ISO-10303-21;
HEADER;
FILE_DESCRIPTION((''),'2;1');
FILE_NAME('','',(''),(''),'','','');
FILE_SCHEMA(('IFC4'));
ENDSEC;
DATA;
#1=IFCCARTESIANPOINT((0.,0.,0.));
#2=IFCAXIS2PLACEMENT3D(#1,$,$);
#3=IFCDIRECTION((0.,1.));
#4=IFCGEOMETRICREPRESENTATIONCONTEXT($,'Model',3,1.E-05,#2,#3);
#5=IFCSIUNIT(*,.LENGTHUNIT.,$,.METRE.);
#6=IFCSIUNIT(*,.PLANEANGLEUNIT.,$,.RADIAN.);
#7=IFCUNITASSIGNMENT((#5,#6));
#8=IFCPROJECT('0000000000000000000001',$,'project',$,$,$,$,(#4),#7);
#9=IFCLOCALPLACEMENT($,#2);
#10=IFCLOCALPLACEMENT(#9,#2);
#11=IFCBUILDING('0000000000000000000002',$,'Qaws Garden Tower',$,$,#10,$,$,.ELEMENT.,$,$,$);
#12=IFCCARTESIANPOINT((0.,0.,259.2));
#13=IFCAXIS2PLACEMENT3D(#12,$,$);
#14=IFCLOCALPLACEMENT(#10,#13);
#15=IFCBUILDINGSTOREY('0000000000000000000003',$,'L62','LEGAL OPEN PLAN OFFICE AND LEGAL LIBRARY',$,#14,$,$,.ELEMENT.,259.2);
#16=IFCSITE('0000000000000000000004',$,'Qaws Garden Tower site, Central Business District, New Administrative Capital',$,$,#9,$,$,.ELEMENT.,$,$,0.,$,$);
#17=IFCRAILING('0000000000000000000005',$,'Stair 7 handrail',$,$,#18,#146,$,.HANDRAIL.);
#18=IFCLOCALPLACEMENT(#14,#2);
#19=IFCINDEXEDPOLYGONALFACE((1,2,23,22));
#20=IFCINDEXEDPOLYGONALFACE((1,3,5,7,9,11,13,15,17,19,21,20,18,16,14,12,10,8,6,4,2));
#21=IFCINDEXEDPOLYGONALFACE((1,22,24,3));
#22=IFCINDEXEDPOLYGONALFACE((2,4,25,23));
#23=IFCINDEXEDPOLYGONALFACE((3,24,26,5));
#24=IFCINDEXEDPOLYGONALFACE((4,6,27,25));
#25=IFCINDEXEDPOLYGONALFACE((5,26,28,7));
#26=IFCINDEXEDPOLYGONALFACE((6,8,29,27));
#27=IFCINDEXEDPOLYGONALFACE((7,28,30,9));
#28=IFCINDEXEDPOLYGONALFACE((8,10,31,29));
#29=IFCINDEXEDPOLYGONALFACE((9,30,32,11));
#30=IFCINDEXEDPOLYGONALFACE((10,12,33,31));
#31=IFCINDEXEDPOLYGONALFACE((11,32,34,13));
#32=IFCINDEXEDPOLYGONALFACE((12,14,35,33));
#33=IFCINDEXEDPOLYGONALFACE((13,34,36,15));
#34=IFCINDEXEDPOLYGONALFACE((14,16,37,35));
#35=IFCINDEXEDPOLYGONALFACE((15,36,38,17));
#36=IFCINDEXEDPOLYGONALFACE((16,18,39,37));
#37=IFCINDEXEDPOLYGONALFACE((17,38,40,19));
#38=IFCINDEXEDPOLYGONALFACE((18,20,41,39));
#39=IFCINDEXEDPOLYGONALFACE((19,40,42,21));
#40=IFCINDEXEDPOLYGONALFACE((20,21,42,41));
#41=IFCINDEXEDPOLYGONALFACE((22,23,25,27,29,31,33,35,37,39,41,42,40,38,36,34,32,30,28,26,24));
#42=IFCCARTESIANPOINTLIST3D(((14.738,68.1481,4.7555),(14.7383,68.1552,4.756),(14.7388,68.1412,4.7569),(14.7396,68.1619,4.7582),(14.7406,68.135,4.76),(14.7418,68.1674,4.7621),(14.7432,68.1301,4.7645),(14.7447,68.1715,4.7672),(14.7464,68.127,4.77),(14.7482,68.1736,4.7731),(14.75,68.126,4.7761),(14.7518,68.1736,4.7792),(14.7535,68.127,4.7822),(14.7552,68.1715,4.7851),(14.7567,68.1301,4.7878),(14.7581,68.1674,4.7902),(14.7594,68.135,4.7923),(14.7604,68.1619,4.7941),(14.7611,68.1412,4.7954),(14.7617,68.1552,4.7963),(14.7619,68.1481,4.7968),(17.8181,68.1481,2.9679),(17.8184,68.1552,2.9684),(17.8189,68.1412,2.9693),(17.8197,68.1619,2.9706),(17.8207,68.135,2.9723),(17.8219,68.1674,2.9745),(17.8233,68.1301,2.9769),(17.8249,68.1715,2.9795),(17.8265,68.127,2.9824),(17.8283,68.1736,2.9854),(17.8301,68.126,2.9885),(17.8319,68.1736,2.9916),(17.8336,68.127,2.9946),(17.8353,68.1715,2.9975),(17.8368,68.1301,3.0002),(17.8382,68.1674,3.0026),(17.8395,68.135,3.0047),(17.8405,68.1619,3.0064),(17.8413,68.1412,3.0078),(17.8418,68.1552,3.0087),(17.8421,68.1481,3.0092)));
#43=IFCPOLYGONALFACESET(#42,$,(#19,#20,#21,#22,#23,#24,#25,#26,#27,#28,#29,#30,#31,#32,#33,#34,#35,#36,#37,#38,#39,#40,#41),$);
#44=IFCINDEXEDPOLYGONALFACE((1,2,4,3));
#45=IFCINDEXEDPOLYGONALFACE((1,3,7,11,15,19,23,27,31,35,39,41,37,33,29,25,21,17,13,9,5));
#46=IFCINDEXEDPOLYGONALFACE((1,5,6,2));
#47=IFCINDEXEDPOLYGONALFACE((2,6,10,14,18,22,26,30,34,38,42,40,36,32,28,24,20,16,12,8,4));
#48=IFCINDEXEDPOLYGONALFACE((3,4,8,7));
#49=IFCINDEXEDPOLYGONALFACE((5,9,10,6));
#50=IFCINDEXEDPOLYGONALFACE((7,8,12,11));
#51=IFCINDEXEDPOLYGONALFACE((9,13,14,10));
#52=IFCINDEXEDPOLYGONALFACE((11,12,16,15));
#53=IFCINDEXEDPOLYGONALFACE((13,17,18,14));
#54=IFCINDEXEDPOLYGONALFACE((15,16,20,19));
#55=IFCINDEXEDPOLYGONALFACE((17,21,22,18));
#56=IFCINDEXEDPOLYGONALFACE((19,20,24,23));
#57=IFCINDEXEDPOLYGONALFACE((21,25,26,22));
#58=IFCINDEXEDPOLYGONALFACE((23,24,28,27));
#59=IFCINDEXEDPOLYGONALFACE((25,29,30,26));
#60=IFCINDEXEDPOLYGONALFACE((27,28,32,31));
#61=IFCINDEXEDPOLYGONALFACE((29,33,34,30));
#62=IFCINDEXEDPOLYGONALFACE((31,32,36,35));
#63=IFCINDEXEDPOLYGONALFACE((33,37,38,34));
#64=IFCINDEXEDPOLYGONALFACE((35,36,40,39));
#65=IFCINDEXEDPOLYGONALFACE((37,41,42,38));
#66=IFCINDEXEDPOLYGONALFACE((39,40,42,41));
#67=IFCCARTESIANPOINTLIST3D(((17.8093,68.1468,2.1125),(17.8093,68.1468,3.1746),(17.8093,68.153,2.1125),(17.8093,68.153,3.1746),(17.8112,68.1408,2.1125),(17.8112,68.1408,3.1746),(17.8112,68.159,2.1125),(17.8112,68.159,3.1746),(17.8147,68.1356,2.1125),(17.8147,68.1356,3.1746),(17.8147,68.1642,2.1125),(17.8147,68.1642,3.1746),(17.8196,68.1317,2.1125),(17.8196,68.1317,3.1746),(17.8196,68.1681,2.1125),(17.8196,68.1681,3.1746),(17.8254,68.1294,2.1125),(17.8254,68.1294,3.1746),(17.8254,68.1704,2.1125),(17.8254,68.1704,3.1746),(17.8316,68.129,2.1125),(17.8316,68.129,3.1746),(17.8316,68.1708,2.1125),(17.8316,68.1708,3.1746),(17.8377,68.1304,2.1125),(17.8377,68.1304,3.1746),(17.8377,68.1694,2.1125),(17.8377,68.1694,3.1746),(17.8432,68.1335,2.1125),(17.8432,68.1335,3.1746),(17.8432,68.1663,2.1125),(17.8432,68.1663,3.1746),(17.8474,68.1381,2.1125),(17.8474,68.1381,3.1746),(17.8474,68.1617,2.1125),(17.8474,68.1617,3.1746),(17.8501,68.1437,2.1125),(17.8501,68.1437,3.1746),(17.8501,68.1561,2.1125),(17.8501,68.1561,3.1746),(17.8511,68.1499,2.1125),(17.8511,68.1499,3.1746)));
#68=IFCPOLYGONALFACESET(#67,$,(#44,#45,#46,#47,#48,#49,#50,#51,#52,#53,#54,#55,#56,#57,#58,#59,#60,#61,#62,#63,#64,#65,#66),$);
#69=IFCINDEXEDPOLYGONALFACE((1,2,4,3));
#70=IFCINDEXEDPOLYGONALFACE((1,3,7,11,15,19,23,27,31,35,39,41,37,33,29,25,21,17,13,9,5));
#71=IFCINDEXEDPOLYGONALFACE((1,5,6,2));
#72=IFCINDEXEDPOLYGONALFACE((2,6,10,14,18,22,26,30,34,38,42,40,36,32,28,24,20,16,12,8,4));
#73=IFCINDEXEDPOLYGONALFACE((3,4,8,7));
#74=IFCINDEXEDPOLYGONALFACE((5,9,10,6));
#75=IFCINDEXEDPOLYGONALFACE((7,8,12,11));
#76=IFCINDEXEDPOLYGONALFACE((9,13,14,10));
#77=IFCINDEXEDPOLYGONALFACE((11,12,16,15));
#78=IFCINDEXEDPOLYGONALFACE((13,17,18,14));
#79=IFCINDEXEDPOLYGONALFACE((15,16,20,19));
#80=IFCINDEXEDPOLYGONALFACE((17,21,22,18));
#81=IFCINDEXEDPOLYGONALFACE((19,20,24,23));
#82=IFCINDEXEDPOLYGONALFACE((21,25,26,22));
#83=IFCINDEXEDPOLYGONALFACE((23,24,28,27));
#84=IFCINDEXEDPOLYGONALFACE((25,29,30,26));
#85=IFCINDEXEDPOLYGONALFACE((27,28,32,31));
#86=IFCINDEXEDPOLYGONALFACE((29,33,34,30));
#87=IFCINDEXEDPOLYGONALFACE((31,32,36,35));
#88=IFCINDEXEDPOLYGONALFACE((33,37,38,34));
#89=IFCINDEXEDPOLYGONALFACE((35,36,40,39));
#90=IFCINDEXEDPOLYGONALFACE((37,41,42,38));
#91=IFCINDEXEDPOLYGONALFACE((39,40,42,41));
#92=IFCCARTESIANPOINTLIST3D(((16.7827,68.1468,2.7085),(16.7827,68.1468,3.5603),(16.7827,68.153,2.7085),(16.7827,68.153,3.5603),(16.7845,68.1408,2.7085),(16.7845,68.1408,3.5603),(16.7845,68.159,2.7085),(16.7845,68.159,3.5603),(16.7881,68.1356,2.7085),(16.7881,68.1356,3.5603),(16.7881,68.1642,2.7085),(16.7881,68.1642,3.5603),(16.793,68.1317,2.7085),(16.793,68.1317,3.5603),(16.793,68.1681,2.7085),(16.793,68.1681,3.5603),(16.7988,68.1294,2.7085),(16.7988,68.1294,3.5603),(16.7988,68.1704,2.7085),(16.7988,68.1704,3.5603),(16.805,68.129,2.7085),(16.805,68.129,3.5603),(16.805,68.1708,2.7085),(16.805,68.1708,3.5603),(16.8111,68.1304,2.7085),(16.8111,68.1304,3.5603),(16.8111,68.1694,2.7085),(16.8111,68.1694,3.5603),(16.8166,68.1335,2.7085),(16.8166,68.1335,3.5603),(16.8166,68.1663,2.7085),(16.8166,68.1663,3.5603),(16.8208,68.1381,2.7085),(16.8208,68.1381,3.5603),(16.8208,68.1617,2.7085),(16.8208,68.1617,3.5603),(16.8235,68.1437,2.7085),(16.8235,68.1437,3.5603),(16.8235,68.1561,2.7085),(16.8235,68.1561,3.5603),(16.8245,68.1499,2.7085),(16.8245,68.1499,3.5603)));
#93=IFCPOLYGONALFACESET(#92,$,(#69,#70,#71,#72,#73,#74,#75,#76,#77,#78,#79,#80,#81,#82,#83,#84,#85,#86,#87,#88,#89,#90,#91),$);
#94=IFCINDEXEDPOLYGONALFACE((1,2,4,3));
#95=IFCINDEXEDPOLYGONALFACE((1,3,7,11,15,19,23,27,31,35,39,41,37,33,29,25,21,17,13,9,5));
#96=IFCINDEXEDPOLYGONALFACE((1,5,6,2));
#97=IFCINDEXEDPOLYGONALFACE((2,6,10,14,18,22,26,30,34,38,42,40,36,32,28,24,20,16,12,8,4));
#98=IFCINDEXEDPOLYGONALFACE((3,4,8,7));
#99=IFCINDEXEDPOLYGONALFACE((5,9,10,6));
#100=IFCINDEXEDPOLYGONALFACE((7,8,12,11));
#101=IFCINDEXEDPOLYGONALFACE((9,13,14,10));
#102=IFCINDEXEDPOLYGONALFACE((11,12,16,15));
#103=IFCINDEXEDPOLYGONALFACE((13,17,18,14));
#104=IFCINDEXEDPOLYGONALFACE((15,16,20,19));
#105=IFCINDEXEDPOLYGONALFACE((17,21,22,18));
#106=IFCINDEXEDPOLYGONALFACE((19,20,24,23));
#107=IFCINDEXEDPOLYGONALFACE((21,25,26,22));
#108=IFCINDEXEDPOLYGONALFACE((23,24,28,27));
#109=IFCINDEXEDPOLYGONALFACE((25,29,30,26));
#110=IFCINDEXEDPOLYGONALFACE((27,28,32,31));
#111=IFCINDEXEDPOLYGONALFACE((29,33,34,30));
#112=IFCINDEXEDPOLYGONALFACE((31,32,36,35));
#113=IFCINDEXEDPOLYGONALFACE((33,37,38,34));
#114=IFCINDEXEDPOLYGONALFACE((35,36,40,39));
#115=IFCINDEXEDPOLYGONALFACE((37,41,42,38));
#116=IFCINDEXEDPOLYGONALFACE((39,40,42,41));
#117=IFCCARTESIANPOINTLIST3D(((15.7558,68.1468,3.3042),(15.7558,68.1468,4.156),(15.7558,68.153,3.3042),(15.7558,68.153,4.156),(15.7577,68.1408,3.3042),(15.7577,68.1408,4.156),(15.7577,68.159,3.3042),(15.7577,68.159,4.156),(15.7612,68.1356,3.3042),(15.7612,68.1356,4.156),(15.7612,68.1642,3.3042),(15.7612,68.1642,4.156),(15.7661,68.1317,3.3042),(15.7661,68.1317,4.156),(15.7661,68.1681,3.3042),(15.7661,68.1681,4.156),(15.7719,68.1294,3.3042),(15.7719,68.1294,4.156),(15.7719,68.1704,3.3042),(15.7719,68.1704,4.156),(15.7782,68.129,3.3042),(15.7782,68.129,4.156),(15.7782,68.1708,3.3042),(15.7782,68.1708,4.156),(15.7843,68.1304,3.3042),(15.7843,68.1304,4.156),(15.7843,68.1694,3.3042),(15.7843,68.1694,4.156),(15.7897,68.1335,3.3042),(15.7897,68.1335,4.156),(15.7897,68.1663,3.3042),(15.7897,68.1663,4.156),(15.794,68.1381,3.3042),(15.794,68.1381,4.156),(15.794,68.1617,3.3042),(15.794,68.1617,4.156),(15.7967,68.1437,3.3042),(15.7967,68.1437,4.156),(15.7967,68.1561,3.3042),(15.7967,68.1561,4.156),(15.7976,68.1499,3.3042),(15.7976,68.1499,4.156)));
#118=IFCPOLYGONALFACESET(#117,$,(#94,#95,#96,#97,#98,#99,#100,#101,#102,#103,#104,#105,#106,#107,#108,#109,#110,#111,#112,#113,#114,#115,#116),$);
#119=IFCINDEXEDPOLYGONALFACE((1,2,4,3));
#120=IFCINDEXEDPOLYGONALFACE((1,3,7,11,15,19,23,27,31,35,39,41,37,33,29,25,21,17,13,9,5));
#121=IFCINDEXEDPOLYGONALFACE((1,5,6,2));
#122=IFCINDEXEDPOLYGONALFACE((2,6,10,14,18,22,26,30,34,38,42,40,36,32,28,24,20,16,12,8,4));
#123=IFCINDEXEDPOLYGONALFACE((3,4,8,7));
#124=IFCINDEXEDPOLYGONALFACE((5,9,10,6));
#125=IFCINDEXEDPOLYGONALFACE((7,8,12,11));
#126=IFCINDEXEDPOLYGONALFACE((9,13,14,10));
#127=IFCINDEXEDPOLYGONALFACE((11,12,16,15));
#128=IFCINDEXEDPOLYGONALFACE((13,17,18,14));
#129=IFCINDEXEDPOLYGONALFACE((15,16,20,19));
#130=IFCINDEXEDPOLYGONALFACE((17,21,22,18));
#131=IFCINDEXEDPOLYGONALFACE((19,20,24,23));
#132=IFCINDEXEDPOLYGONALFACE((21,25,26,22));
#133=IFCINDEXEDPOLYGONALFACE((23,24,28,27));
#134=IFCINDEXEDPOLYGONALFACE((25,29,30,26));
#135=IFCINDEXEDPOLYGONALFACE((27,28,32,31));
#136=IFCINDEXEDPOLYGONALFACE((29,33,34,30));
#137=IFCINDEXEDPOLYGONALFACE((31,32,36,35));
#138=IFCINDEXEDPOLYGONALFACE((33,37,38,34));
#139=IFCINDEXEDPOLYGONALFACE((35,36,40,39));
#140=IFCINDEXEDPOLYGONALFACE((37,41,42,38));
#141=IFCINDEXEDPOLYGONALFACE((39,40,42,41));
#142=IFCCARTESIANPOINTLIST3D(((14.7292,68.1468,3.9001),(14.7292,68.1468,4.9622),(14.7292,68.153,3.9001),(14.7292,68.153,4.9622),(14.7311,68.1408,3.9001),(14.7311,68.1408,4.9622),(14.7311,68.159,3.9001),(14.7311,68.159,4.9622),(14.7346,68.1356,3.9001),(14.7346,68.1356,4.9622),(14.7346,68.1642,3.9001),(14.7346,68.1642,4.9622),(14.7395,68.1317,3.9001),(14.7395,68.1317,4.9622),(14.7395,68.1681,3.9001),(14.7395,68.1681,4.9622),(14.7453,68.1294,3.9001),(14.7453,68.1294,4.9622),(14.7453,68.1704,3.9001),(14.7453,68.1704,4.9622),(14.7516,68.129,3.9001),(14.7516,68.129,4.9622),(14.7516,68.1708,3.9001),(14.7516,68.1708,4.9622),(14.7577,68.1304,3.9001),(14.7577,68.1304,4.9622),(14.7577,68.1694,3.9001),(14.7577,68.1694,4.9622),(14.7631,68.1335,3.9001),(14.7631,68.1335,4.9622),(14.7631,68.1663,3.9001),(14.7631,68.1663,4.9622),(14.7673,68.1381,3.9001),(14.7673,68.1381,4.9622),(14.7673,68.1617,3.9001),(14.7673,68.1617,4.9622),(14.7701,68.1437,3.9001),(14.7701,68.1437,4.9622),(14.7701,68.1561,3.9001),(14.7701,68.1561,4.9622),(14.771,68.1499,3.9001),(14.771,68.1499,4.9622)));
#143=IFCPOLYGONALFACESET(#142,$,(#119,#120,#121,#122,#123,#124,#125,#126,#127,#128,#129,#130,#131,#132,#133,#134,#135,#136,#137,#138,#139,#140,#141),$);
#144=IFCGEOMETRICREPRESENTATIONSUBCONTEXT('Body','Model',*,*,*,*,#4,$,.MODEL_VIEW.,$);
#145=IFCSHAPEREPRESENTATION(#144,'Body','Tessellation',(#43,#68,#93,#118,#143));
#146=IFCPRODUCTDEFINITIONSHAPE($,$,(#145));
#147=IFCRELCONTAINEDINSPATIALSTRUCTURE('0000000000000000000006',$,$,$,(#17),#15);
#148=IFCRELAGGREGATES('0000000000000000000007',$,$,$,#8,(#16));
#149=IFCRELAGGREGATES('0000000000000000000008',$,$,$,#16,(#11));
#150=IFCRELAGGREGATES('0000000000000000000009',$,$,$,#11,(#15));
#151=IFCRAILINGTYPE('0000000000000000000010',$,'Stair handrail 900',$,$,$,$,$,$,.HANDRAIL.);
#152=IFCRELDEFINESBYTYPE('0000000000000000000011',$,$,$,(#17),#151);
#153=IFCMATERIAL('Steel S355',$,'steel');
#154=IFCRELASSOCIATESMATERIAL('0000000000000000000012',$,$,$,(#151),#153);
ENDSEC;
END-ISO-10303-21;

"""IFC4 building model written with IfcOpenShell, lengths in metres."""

from ifc_helpers import new_model, si_unit, direction, frame, origin, origin_2d, place, context, subcontext, project, spatial, circle, extrude, material, type_object, element, save


model = new_model("IFC4")

# Units and contexts
model_context = context("Model", 3, precision=1e-05, world=origin(), true_north=direction((0.0, 1.0)))
body_context = subcontext(model_context, "Body", "Model", "MODEL_VIEW")
ifc_project = project(units=[si_unit("LENGTHUNIT", "METRE"), si_unit("PLANEANGLEUNIT", "RADIAN")], contexts=[model_context])

# Site, building, storey
site_placement = place(None, origin())
site = spatial("IfcSite", under=ifc_project, at=site_placement, Name="Qaws Garden Tower site, Central Business District, New Administrative Capital", CompositionType="ELEMENT", RefElevation=0.0)
building_placement = place(site_placement, origin())
building = spatial("IfcBuilding", under=site, at=building_placement, Name="Qaws Garden Tower", CompositionType="ELEMENT")
storey_placement = place(building_placement, frame((0.0, 0.0, 259.2)))
storey = spatial("IfcBuildingStorey", under=building, at=storey_placement, Name="L62", Description="LEGAL OPEN PLAN OFFICE AND LEGAL LIBRARY", CompositionType="ELEMENT", Elevation=259.2)

# Railing
ifc_material_1 = material(Name="Steel S355", Category="steel")
railing_type = type_object("IfcRailingType", Name="Stair handrail 900", PredefinedType="HANDRAIL", material=ifc_material_1)
railing_1_placement = place(storey_placement, frame((17.8301, 68.1499, 2.1125)))
element("IfcRailing", 1, at=railing_1_placement, inside=storey, type_object=railing_type, Name="Stair 7 handrail", PredefinedType="HANDRAIL", context=body_context, shape_type="SweptSolid", body=[
    extrude(circle(Radius=0.0239, at=origin_2d()), frame((0.0, 0.0, 0.876), z_axis=(-0.864891, 0.0, 0.50196), x_axis=(0.0, -1.0, 0.0)), (0.0, 0.0, 1.0), 3.5613),
    extrude(circle(Radius=0.021, at=origin_2d()), origin(), (0.0, 0.0, 1.0), 1.062),
    extrude(circle(Radius=0.021, at=origin_2d()), frame((-1.0266, 0.0, 0.5959)), (0.0, 0.0, 1.0), 0.8518),
    extrude(circle(Radius=0.021, at=origin_2d()), frame((-2.0535, 0.0, 1.1917)), (0.0, 0.0, 1.0), 0.8518),
    extrude(circle(Radius=0.021, at=origin_2d()), frame((-3.0801, 0.0, 1.7876)), (0.0, 0.0, 1.0), 1.062),
])

save(model, "model.ifc")
